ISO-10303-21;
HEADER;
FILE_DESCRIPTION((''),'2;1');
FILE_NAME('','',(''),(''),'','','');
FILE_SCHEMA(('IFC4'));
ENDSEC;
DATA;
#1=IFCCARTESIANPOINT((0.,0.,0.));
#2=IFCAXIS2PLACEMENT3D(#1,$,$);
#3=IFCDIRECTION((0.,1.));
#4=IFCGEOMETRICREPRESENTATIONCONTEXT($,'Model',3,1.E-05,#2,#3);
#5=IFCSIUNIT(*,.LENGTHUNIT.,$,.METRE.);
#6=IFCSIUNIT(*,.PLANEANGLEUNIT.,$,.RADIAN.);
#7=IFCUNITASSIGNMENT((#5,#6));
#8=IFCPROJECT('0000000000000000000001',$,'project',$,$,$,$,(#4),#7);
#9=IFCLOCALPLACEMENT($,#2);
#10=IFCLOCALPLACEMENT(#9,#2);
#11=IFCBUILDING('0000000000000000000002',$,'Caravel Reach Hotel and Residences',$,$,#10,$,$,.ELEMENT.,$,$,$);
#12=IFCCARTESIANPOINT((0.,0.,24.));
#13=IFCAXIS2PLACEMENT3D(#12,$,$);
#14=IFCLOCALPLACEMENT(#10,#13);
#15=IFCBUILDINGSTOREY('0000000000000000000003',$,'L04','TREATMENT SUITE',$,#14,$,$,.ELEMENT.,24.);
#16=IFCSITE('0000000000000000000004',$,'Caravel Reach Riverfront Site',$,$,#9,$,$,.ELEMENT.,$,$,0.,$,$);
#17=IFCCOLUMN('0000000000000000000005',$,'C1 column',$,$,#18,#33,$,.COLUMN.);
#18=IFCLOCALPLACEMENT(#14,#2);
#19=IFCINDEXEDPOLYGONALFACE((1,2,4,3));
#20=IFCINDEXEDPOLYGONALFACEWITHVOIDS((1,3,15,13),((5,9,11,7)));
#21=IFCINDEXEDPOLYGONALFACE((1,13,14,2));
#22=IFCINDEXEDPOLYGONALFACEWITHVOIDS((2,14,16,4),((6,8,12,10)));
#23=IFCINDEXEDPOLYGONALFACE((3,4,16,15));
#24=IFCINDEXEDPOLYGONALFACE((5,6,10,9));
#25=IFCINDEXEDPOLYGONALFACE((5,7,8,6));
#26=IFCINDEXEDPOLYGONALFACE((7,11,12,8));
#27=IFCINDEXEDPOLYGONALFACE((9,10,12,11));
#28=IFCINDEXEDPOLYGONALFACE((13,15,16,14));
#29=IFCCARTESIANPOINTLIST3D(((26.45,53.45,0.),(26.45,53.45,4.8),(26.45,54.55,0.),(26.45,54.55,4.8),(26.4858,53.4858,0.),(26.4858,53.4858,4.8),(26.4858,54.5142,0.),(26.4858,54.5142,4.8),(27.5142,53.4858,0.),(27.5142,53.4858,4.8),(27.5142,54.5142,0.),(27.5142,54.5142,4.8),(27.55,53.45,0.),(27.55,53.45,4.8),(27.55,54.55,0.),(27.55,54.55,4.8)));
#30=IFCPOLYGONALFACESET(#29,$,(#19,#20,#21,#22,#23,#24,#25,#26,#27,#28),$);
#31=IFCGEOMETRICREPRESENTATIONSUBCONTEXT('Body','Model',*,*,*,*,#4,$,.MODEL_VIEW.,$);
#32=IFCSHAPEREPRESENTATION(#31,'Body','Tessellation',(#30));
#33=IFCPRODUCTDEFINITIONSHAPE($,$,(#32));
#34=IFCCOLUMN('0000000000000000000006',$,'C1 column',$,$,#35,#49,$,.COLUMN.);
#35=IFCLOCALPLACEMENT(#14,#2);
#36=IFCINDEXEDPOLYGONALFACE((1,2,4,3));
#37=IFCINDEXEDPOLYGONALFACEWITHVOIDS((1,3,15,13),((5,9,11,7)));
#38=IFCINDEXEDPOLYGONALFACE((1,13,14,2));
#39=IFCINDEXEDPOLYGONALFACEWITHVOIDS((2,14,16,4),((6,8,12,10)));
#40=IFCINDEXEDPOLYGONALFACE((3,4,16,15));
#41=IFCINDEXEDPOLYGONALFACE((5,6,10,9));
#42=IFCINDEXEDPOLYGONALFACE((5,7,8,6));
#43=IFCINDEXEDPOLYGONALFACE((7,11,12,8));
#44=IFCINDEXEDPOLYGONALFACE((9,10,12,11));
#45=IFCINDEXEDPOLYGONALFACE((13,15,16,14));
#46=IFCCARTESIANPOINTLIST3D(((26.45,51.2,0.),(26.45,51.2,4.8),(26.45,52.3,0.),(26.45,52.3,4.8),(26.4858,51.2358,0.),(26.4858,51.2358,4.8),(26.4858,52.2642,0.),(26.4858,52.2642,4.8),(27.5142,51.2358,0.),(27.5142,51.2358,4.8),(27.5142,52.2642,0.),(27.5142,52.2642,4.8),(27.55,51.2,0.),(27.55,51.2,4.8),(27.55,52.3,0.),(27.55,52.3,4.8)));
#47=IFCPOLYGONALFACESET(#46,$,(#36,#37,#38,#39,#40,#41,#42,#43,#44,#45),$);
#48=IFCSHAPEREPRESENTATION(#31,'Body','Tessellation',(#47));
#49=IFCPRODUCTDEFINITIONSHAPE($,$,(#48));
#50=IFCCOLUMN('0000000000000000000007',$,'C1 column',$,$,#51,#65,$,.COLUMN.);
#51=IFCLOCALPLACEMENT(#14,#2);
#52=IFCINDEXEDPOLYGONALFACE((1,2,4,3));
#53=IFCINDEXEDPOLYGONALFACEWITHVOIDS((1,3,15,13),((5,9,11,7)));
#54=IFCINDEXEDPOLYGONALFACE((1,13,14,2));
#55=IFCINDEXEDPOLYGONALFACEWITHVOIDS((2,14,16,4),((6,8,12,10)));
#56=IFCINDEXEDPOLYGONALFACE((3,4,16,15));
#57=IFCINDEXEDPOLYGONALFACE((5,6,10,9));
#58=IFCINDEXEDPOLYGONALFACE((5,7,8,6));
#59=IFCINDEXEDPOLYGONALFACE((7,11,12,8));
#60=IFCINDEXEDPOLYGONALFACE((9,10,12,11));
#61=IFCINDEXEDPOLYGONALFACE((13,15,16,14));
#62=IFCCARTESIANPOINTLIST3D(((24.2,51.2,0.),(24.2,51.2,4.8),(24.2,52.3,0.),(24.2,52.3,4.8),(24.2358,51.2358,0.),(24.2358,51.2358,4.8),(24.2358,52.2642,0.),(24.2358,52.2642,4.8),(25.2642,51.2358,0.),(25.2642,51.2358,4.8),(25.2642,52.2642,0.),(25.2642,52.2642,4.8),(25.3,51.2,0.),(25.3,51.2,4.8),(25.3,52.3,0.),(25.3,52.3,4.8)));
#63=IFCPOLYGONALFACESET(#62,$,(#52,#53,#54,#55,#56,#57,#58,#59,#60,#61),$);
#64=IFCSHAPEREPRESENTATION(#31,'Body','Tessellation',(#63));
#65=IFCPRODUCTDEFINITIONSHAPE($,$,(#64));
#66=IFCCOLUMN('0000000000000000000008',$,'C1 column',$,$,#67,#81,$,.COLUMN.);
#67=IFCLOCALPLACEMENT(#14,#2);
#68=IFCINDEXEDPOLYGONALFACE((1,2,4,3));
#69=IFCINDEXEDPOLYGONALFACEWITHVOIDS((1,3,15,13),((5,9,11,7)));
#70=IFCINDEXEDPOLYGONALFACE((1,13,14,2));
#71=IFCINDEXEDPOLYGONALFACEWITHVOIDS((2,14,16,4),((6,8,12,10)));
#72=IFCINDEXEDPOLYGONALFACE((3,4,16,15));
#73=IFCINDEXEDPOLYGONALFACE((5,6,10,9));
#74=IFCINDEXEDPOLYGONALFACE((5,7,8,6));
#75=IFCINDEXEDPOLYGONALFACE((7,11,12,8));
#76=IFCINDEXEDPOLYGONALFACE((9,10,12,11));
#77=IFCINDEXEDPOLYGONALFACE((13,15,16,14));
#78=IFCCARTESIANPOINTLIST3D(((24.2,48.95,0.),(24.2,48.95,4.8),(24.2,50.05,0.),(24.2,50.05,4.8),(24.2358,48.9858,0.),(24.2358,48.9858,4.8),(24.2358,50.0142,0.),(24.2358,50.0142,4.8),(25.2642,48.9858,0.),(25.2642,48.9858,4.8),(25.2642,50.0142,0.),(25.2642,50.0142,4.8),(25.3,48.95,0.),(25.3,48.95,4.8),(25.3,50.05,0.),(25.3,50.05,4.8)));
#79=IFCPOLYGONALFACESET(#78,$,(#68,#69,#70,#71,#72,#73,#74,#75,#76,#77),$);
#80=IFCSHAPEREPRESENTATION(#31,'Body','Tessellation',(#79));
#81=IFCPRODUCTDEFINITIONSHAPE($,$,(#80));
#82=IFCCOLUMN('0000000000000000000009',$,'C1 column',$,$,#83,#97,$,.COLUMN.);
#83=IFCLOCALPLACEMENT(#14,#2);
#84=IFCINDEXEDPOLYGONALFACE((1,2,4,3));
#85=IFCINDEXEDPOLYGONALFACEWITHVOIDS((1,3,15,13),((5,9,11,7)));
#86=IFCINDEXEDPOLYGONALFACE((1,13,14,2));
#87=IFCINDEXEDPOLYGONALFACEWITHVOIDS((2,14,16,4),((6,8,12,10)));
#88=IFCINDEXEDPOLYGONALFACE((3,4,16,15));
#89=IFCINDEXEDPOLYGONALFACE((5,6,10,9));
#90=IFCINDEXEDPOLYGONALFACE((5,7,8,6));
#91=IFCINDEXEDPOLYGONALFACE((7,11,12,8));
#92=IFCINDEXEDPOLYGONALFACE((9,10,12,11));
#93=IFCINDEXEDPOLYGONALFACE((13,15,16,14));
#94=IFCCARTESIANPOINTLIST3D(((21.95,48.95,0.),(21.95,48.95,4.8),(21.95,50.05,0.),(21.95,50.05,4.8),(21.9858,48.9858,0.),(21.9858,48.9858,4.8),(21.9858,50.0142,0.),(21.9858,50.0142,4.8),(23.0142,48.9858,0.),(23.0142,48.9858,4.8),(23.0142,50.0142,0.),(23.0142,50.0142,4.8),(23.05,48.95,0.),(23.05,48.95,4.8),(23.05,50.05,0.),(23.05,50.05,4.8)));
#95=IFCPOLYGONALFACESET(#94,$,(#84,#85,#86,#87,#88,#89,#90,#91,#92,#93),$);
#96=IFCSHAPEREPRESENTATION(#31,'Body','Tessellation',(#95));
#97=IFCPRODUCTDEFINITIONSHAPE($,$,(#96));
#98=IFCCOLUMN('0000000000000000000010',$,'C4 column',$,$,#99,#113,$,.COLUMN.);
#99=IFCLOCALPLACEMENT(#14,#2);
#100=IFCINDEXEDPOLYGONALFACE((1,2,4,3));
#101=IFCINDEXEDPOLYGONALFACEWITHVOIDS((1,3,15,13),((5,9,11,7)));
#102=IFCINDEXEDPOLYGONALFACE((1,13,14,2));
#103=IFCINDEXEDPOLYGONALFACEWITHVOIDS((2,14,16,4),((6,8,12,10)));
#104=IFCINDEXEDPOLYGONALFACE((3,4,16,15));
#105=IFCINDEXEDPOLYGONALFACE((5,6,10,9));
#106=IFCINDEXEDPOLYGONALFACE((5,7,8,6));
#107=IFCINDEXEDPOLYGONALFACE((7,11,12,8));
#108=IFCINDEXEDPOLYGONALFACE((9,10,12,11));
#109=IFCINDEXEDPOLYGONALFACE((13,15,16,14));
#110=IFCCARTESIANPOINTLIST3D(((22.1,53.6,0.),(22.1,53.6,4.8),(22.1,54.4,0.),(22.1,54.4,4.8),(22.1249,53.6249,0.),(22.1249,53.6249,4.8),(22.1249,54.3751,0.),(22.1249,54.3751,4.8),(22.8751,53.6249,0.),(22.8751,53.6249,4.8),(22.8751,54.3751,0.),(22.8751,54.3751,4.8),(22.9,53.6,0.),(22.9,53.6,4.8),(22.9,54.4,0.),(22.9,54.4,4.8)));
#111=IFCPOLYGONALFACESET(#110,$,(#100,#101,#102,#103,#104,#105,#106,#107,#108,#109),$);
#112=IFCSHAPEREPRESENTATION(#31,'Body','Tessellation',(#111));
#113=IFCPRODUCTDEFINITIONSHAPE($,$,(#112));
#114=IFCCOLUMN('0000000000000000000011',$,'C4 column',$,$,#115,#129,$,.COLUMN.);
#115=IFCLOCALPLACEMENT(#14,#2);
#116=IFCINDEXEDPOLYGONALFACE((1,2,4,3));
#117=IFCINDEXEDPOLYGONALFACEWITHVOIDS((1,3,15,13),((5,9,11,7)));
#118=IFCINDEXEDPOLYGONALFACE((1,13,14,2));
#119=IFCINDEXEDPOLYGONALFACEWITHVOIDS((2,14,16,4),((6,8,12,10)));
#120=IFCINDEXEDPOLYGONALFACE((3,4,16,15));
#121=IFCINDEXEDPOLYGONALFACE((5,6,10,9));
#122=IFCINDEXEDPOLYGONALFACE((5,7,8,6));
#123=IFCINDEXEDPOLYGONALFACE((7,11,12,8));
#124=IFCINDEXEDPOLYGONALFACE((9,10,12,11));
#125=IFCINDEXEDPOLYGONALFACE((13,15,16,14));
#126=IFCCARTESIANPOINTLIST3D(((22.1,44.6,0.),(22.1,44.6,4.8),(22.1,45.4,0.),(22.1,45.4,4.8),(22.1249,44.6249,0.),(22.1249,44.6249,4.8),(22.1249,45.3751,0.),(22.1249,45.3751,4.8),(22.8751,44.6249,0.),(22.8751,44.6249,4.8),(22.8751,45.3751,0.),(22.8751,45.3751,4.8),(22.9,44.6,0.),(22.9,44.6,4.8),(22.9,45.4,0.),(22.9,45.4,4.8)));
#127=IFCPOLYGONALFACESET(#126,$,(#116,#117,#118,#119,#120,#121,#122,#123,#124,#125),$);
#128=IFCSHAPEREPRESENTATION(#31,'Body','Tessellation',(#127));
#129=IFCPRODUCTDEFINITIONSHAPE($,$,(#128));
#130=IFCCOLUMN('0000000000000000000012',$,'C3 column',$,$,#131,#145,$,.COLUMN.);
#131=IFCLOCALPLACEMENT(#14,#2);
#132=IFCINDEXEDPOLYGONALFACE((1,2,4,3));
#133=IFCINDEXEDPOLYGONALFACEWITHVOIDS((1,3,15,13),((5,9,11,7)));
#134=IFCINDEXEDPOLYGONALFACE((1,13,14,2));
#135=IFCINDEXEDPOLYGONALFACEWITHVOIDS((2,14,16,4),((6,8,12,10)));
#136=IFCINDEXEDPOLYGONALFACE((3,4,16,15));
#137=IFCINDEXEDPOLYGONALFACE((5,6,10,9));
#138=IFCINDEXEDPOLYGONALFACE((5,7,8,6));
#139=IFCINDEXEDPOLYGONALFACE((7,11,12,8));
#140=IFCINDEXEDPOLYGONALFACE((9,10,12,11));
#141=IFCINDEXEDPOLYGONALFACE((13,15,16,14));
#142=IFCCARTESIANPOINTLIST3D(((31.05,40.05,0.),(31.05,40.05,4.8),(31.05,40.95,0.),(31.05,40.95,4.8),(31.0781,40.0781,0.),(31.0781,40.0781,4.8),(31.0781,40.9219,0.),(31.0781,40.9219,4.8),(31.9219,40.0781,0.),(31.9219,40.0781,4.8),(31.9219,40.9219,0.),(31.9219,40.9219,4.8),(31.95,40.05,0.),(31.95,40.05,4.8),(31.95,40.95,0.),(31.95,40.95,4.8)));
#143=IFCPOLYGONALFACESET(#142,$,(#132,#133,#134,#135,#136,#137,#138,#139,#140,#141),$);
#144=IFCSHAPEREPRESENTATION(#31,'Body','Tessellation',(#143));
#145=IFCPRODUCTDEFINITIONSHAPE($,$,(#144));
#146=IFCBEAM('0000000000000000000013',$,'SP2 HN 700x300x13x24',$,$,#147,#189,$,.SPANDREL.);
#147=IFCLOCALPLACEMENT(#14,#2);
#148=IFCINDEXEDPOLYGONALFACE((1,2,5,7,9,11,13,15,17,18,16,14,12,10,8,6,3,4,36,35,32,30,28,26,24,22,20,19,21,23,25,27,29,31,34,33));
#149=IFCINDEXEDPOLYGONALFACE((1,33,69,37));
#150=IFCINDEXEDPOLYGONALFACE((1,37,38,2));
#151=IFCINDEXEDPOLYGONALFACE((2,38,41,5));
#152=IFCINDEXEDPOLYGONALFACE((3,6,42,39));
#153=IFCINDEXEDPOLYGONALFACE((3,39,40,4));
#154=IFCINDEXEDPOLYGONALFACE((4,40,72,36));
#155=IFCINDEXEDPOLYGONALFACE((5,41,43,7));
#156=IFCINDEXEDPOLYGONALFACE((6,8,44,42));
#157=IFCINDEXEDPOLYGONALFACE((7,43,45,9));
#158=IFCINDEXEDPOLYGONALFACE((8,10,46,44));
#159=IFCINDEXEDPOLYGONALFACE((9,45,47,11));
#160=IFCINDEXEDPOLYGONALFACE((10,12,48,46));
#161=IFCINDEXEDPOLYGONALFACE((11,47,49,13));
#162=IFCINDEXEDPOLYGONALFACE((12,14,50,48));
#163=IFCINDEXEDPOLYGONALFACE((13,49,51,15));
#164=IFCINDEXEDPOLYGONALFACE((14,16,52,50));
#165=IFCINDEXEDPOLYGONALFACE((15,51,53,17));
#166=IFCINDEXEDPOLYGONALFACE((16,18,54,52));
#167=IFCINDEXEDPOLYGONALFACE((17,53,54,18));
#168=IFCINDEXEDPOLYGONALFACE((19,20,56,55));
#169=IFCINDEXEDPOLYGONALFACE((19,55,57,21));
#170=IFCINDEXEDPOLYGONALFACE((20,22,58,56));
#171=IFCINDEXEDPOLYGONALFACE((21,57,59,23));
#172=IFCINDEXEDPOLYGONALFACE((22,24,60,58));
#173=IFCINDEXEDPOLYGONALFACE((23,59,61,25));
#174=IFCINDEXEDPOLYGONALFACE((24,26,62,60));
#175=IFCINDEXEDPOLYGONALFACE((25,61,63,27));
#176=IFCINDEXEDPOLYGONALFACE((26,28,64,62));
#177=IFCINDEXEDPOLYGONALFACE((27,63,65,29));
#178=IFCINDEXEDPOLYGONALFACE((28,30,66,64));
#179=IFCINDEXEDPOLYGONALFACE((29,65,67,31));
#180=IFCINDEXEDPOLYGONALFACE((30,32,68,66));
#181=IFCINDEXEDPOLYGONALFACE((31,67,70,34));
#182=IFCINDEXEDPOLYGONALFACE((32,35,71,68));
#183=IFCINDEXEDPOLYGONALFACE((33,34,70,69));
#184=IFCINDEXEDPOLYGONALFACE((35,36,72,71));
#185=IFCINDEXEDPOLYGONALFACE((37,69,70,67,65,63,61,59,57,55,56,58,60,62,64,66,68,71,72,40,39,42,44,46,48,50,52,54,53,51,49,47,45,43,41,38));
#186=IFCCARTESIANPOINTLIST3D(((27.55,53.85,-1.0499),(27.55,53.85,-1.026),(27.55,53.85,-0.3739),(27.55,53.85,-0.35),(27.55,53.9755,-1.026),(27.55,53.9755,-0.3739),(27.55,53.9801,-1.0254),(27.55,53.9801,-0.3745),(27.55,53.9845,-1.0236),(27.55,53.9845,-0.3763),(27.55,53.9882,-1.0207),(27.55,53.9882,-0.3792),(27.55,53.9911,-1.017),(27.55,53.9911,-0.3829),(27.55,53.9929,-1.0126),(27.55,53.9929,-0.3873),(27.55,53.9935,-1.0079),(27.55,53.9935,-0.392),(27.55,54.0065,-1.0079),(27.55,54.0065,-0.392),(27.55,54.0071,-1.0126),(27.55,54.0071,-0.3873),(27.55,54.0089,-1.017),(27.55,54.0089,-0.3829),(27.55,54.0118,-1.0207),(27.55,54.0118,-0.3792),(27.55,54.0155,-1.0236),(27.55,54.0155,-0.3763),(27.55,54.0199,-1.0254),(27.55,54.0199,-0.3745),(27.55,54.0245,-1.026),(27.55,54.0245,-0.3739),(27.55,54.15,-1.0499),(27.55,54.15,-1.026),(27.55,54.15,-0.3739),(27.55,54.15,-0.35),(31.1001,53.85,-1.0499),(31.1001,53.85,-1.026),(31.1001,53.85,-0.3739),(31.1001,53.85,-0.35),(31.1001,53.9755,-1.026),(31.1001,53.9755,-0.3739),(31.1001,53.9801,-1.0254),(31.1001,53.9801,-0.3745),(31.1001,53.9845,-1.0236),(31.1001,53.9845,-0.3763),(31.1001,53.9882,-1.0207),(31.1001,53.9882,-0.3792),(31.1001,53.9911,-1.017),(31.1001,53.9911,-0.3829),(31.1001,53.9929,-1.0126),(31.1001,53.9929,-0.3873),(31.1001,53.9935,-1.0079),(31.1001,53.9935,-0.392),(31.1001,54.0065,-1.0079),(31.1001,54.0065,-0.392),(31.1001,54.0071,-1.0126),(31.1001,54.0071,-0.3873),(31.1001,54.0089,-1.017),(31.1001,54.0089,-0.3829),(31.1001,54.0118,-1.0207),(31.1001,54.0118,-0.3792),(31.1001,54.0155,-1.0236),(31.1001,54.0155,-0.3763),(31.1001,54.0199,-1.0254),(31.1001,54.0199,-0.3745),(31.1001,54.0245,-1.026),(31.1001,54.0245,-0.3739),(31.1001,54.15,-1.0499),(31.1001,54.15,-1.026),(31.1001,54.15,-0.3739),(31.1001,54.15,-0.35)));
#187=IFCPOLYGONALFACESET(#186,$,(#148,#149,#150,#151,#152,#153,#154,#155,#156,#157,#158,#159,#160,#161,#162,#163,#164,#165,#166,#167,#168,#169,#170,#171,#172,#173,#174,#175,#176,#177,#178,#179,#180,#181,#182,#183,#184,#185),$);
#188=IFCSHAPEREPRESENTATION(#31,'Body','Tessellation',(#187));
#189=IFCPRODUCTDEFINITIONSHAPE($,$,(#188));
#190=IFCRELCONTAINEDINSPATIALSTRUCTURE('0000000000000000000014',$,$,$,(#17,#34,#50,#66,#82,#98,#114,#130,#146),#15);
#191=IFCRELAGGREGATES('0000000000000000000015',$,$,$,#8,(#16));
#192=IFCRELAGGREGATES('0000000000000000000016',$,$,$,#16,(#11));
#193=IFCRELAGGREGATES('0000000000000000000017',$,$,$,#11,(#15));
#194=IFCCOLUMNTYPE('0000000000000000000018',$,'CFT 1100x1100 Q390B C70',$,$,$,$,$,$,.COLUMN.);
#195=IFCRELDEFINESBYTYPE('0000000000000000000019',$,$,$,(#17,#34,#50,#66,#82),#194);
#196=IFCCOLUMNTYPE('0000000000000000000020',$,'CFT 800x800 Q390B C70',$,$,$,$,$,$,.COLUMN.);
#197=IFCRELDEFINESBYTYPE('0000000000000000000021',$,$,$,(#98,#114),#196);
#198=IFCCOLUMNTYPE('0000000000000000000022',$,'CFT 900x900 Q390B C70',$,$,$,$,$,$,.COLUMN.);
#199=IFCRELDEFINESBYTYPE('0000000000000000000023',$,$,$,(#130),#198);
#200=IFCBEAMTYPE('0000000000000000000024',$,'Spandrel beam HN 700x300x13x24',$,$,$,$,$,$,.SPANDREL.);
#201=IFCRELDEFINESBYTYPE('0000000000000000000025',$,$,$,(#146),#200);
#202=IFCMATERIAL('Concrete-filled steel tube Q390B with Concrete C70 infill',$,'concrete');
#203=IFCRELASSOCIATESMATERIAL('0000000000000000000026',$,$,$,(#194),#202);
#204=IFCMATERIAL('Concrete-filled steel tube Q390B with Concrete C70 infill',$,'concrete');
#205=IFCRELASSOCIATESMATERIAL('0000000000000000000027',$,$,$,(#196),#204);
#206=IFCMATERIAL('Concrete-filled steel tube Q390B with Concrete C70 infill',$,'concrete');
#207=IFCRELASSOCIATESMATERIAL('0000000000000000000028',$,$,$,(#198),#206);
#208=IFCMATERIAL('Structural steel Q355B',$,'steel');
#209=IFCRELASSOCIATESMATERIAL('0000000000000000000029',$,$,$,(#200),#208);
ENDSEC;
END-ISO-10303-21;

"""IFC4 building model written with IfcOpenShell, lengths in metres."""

from ifc_helpers import new_model, si_unit, direction, frame, origin, origin_2d, place, context, subcontext, project, spatial, hollow_rectangle, i_section, extrude, material, material_profile, profile_set, type_object, element, save


model = new_model("IFC4")

# Units and contexts
model_context = context("Model", 3, precision=1e-05, world=origin(), true_north=direction((0.0, 1.0)))
body_context = subcontext(model_context, "Body", "Model", "MODEL_VIEW")
ifc_project = project(units=[si_unit("LENGTHUNIT", "METRE"), si_unit("PLANEANGLEUNIT", "RADIAN")], contexts=[model_context])

# Site, building, storey
site_placement = place(None, origin())
site = spatial("IfcSite", under=ifc_project, at=site_placement, Name="Caravel Reach Riverfront Site", CompositionType="ELEMENT", RefElevation=0.0)
building_placement = place(site_placement, origin())
building = spatial("IfcBuilding", under=site, at=building_placement, Name="Caravel Reach Hotel and Residences", CompositionType="ELEMENT")
storey_placement = place(building_placement, frame((0.0, 0.0, 24.0)))
storey = spatial("IfcBuildingStorey", under=building, at=storey_placement, Name="L04", Description="TREATMENT SUITE", CompositionType="ELEMENT", Elevation=24.0)

# Columns
ifc_material_1 = material(Name="Concrete-filled steel tube Q390B with Concrete C70 infill", Category="concrete")
ifc_material_profile_1 = material_profile(ifc_material_1, hollow_rectangle(XDim=1.1001, YDim=1.1001, WallThickness=0.0359, at=origin_2d()), Name="RHS 1100x1100x36")
ifc_profile_set_1 = profile_set([ifc_material_profile_1], Name="Concrete-filled steel tube Q390B with Concrete C70 infill")
column_type_1 = type_object("IfcColumnType", Name="CFT 1100x1100 Q390B C70", PredefinedType="COLUMN", material=ifc_profile_set_1)
for number, where, z_axis, x_axis, name in (
    (1, (27.0, 54.0, 0.0), (0.0, 0.0, 1.0), (1.0, 0.0, 0.0), "C1 column"),
    (2, (27.0, 51.75, 0.0), (0.0, 0.0, 1.0), (1.0, 0.0, 0.0), "C1 column"),
    (3, (24.75, 51.75, 0.0), (0.0, 0.0, 1.0), (1.0, 0.0, 0.0), "C1 column"),
    (4, (24.75, 49.5, 0.0), (0.0, 0.0, 1.0), (1.0, 0.0, 0.0), "C1 column"),
    (5, (22.5, 49.5, 0.0), (0.0, 0.0, 1.0), (1.0, 0.0, 0.0), "C1 column"),
):
    element("IfcColumn", number, at=place(storey_placement, frame(where, z_axis=z_axis, x_axis=x_axis)), inside=storey, type_object=column_type_1, Name=name, PredefinedType="COLUMN", context=body_context, shape_type="SweptSolid", body=[
        extrude(hollow_rectangle(XDim=1.1001, YDim=1.1001, WallThickness=0.0359, at=origin_2d()), origin(), (0.0, 0.0, 1.0), 4.8),
    ])
ifc_material_2 = material(Name="Concrete-filled steel tube Q390B with Concrete C70 infill", Category="concrete")
ifc_material_profile_2 = material_profile(ifc_material_2, hollow_rectangle(XDim=0.8, YDim=0.8, WallThickness=0.0249, at=origin_2d()), Name="RHS 800x800x25")
ifc_profile_set_2 = profile_set([ifc_material_profile_2], Name="Concrete-filled steel tube Q390B with Concrete C70 infill")
column_type_2 = type_object("IfcColumnType", Name="CFT 800x800 Q390B C70", PredefinedType="COLUMN", material=ifc_profile_set_2)
for number, where, z_axis, x_axis, name in (
    (6, (22.5, 54.0, 0.0), (0.0, 0.0, 1.0), (1.0, 0.0, 0.0), "C4 column"),
    (7, (22.5, 45.0, 0.0), (0.0, 0.0, 1.0), (1.0, 0.0, 0.0), "C4 column"),
):
    element("IfcColumn", number, at=place(storey_placement, frame(where, z_axis=z_axis, x_axis=x_axis)), inside=storey, type_object=column_type_2, Name=name, PredefinedType="COLUMN", context=body_context, shape_type="SweptSolid", body=[
        extrude(hollow_rectangle(XDim=0.8, YDim=0.8, WallThickness=0.0249, at=origin_2d()), origin(), (0.0, 0.0, 1.0), 4.8),
    ])
ifc_material_3 = material(Name="Concrete-filled steel tube Q390B with Concrete C70 infill", Category="concrete")
ifc_material_profile_3 = material_profile(ifc_material_3, hollow_rectangle(XDim=0.8999, YDim=0.8999, WallThickness=0.0281, at=origin_2d()), Name="RHS 900x900x28")
ifc_profile_set_3 = profile_set([ifc_material_profile_3], Name="Concrete-filled steel tube Q390B with Concrete C70 infill")
column_type_3 = type_object("IfcColumnType", Name="CFT 900x900 Q390B C70", PredefinedType="COLUMN", material=ifc_profile_set_3)
column_placement = place(storey_placement, frame((31.5, 40.5, 0.0), z_axis=(0.0, 0.0, 1.0), x_axis=(1.0, 0.0, 0.0)))
element("IfcColumn", 8, at=column_placement, inside=storey, type_object=column_type_3, Name="C3 column", PredefinedType="COLUMN", context=body_context, shape_type="SweptSolid", body=[
    extrude(hollow_rectangle(XDim=0.8999, YDim=0.8999, WallThickness=0.0281, at=origin_2d()), origin(), (0.0, 0.0, 1.0), 4.8),
])

# Beam
ifc_material_4 = material(Name="Structural steel Q355B", Category="steel")
ifc_material_profile_4 = material_profile(ifc_material_4, i_section(OverallWidth=0.3, OverallDepth=0.7, WebThickness=0.0129, FlangeThickness=0.0239, FilletRadius=0.0181, at=origin_2d()), Name="HN 700x300x13x24")
ifc_profile_set_4 = profile_set([ifc_material_profile_4], Name="Structural steel Q355B")
beam_type = type_object("IfcBeamType", Name="Spandrel beam HN 700x300x13x24", PredefinedType="SPANDREL", material=ifc_profile_set_4)
for number, where, z_axis, x_axis, name in (
    (9, (31.1001, 54.0, -0.7), (-1.0, 0.0, 0.0), (0.0, -1.0, 0.0), "SP2 HN 700x300x13x24"),
):
    element("IfcBeam", number, at=place(storey_placement, frame(where, z_axis=z_axis, x_axis=x_axis)), inside=storey, type_object=beam_type, Name=name, PredefinedType="SPANDREL", context=body_context, shape_type="SweptSolid", body=[
        extrude(i_section(OverallWidth=0.3, OverallDepth=0.7, WebThickness=0.0129, FlangeThickness=0.0239, FilletRadius=0.0181, at=origin_2d()), origin(), (0.0, 0.0, 1.0), 3.55),
    ])

save(model, "model.ifc")
